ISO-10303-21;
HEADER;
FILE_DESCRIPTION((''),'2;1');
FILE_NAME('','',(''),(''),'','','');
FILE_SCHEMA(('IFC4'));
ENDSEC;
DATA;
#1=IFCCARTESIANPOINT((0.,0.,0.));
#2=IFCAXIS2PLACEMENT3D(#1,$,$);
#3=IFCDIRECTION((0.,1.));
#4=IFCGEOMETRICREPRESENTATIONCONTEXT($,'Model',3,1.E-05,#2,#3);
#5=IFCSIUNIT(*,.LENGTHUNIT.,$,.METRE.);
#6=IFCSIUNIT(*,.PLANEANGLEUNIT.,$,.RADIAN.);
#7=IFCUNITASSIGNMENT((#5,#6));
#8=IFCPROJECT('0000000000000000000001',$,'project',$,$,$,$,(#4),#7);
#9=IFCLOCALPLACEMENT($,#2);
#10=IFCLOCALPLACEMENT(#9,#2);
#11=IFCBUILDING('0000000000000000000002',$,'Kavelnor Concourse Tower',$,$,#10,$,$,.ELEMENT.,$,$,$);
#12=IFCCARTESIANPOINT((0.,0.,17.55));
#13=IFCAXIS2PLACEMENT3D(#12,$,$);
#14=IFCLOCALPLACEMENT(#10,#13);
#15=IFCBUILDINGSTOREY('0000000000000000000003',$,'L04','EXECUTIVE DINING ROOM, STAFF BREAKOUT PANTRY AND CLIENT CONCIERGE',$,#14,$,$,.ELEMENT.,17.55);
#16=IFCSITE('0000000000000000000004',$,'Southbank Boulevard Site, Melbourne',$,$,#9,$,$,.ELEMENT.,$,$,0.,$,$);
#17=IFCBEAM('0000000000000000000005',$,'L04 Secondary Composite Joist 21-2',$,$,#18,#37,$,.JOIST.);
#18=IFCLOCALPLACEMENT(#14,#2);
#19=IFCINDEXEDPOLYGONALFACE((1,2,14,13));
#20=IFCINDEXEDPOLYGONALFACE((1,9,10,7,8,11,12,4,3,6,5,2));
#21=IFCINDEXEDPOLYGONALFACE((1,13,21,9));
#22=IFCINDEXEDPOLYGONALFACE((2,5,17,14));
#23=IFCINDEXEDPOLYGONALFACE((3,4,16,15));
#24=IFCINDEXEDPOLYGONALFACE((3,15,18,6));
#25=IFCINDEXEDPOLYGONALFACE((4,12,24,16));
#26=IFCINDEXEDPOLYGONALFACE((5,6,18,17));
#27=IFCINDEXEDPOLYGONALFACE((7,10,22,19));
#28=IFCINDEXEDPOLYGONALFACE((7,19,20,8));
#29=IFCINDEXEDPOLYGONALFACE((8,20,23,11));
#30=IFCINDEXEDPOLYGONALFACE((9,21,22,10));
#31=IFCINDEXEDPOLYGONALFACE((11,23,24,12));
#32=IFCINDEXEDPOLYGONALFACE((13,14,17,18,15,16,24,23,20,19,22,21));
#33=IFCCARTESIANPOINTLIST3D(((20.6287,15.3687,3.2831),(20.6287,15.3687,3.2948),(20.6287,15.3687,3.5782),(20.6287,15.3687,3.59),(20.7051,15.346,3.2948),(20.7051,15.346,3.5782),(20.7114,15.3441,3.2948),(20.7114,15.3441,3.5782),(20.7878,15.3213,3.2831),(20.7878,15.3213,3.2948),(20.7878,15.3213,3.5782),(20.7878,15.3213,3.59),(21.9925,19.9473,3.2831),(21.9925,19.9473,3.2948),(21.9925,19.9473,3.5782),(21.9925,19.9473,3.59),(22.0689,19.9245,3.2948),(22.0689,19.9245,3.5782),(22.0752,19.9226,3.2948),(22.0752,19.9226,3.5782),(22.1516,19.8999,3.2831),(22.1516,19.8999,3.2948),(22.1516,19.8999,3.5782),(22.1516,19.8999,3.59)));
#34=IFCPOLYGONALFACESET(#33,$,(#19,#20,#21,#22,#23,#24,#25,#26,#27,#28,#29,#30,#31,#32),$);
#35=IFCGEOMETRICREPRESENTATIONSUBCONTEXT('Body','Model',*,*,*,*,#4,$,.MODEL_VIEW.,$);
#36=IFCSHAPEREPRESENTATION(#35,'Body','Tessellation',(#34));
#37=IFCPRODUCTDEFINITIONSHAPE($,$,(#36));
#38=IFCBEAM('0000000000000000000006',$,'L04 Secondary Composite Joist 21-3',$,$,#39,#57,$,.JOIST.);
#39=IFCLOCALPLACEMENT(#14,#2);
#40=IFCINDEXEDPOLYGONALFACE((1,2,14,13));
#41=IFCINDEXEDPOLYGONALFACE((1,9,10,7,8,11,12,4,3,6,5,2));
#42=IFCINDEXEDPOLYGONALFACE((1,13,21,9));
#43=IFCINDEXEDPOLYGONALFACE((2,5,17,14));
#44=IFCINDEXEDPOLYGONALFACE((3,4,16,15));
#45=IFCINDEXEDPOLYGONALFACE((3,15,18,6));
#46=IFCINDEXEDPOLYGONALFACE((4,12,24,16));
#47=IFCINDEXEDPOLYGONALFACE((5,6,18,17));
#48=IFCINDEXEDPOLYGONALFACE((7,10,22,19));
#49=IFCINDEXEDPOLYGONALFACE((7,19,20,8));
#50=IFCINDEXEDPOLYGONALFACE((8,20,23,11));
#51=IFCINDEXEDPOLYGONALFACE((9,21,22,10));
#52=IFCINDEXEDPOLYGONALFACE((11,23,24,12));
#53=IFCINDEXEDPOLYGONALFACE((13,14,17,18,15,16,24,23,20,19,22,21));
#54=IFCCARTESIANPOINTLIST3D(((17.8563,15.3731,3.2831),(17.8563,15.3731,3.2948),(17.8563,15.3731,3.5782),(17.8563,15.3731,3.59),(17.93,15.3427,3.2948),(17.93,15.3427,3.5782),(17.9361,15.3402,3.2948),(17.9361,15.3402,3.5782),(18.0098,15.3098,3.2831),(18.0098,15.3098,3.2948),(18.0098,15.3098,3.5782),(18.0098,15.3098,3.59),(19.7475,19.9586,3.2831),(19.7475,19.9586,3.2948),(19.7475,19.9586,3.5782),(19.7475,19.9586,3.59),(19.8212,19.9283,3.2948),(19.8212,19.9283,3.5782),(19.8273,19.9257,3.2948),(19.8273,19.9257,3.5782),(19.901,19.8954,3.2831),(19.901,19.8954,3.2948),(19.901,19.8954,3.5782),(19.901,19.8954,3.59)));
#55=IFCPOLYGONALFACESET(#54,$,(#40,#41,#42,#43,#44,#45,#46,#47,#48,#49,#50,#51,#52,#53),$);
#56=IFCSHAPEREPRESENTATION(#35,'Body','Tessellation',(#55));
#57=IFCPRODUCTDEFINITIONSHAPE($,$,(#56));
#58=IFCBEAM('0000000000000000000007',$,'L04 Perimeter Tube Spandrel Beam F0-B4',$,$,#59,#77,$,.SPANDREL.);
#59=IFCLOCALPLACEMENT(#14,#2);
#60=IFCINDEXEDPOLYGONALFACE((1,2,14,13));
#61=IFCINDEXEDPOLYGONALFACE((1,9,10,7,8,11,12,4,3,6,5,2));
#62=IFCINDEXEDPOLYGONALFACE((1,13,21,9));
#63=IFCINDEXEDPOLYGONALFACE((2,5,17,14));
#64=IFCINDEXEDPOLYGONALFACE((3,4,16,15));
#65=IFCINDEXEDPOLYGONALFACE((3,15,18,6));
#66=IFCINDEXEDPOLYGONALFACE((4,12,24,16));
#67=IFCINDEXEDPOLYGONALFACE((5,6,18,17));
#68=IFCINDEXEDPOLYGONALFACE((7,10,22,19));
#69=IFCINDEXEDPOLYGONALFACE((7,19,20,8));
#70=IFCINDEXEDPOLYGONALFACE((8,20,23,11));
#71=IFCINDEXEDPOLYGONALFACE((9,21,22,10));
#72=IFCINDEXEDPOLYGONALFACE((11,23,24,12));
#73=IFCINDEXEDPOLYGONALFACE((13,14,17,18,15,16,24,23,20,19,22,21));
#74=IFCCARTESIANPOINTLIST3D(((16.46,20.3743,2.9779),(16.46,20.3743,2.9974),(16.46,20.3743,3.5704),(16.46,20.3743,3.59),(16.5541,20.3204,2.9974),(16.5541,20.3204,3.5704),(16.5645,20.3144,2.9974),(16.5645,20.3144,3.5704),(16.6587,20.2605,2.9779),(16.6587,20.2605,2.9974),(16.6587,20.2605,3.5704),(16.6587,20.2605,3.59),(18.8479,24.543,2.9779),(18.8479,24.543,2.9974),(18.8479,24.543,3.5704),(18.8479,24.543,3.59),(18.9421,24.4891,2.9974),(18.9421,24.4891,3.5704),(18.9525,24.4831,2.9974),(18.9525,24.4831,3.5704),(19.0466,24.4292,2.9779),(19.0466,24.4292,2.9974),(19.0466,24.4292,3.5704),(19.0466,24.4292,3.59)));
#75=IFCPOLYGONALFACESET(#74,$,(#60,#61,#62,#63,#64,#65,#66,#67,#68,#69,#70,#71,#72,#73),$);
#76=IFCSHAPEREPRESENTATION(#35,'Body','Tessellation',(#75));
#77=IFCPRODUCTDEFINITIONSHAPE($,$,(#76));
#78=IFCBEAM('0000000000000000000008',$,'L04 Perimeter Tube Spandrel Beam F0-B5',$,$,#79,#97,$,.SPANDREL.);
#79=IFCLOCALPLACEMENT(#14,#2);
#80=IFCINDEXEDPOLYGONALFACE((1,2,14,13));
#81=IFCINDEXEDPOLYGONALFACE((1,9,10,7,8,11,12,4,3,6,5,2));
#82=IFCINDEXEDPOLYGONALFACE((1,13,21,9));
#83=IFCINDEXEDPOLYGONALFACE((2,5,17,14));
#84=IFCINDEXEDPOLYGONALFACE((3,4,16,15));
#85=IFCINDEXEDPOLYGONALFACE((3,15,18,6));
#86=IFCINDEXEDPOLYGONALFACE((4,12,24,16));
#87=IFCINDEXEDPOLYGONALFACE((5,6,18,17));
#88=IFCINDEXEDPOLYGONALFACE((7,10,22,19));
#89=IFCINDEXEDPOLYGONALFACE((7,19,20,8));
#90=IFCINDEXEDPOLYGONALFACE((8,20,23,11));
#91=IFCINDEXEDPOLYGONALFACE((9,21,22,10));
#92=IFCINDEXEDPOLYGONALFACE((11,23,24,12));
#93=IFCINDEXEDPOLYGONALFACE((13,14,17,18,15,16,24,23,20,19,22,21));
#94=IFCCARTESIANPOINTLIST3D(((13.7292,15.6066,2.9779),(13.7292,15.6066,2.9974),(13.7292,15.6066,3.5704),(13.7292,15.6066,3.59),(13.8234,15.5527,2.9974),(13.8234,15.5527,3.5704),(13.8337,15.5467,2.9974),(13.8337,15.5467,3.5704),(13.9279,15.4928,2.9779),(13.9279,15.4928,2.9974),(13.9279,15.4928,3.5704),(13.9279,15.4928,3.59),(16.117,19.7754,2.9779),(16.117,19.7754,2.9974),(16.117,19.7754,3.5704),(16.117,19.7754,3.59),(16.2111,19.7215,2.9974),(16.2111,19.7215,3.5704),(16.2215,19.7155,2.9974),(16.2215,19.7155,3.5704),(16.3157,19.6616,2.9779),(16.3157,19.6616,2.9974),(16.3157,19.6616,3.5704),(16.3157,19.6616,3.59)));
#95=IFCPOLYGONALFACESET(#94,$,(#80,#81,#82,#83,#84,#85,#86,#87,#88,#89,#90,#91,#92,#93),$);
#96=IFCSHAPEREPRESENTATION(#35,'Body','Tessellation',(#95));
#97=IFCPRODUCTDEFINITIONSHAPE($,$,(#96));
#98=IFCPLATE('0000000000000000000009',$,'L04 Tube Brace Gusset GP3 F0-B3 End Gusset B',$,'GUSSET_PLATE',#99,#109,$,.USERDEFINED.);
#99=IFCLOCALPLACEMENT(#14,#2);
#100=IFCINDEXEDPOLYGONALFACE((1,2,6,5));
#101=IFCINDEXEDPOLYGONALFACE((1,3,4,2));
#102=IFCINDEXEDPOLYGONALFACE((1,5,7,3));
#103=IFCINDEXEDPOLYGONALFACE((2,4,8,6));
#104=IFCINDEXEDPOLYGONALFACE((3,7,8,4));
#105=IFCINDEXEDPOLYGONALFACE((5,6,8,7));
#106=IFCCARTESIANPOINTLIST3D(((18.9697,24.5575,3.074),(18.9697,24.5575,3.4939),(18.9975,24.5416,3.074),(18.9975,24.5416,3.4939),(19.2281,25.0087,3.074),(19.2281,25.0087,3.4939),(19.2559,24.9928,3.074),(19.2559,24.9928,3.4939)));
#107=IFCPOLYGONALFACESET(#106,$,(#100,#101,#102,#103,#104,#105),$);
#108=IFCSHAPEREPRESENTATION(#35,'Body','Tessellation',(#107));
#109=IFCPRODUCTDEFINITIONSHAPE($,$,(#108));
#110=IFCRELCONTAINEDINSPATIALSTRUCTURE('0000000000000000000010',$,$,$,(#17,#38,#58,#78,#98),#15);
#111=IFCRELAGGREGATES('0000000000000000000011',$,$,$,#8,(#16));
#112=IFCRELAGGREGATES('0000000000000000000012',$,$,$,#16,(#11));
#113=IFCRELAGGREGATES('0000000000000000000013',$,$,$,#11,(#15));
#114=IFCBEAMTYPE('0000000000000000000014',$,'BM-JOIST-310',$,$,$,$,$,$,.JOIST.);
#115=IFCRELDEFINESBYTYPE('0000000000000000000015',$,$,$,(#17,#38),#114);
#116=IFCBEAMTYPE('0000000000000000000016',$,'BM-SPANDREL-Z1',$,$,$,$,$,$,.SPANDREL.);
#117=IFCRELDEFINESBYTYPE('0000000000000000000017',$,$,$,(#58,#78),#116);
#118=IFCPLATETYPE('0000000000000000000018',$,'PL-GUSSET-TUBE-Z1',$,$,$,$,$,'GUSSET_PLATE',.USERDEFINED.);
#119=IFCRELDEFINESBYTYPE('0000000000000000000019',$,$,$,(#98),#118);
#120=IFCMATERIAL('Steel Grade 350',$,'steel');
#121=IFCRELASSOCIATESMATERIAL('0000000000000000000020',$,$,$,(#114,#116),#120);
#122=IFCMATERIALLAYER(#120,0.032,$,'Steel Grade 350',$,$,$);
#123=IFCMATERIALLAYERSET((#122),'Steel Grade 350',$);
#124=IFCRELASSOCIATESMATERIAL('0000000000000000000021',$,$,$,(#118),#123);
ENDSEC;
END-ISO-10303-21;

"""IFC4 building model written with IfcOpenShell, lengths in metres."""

from ifc_helpers import new_model, si_unit, direction, frame, origin, origin_2d, place, context, subcontext, project, spatial, rectangle, i_section, extrude, material, layer, layer_set, material_profile, profile_set, type_object, element, save


model = new_model("IFC4")

# Units and contexts
model_context = context("Model", 3, precision=1e-05, world=origin(), true_north=direction((0.0, 1.0)))
body_context = subcontext(model_context, "Body", "Model", "MODEL_VIEW")
ifc_project = project(units=[si_unit("LENGTHUNIT", "METRE"), si_unit("PLANEANGLEUNIT", "RADIAN")], contexts=[model_context])

# Site, building, storey
site_placement = place(None, origin())
site = spatial("IfcSite", under=ifc_project, at=site_placement, Name="Southbank Boulevard Site, Melbourne", CompositionType="ELEMENT", RefElevation=0.0)
building_placement = place(site_placement, origin())
building = spatial("IfcBuilding", under=site, at=building_placement, Name="Kavelnor Concourse Tower", CompositionType="ELEMENT")
storey_placement = place(building_placement, frame((0.0, 0.0, 17.55)))
storey = spatial("IfcBuildingStorey", under=building, at=storey_placement, Name="L04", Description="EXECUTIVE DINING ROOM, STAFF BREAKOUT PANTRY AND CLIENT CONCIERGE", CompositionType="ELEMENT", Elevation=17.55)

# Shared definitions
ifc_material_1 = material(Name="Steel Grade 350", Category="steel")

# Beams
ifc_material_profile_1 = material_profile(ifc_material_1, i_section(OverallWidth=0.166, OverallDepth=0.3069, WebThickness=0.0066, FlangeThickness=0.0117, at=origin_2d()), Name="310UB46")
ifc_profile_set_1 = profile_set([ifc_material_profile_1], Name="Steel Grade 350")
beam_type_1 = type_object("IfcBeamType", Name="BM-JOIST-310", PredefinedType="JOIST", material=ifc_profile_set_1)
beam_1_placement = place(storey_placement, frame((22.072, 19.9236, 3.4365), z_axis=(-0.285463, -0.95839, 0.0), x_axis=(0.95839, -0.285463, 0.0)))
element("IfcBeam", 1, at=beam_1_placement, inside=storey, type_object=beam_type_1, Name="L04 Secondary Composite Joist 21-2", PredefinedType="JOIST", context=body_context, shape_type="SweptSolid", body=[
    extrude(i_section(OverallWidth=0.166, OverallDepth=0.3069, WebThickness=0.0066, FlangeThickness=0.0117, at=origin_2d()), origin(), (0.0, 0.0, 1.0), 4.7773),
])
beam_2_placement = place(storey_placement, frame((19.8242, 19.927, 3.4365), z_axis=(-0.381265, -0.924466, 0.0), x_axis=(0.924466, -0.381265, 0.0)))
element("IfcBeam", 2, at=beam_2_placement, inside=storey, type_object=beam_type_1, Name="L04 Secondary Composite Joist 21-3", PredefinedType="JOIST", context=body_context, shape_type="SweptSolid", body=[
    extrude(i_section(OverallWidth=0.166, OverallDepth=0.3069, WebThickness=0.0066, FlangeThickness=0.0117, at=origin_2d()), origin(), (0.0, 0.0, 1.0), 4.9602),
])
ifc_material_profile_2 = material_profile(ifc_material_1, i_section(OverallWidth=0.229, OverallDepth=0.6121, WebThickness=0.012, FlangeThickness=0.0195, at=origin_2d()), Name="610UB125")
ifc_profile_set_2 = profile_set([ifc_material_profile_2], Name="Steel Grade 350")
beam_type_2 = type_object("IfcBeamType", Name="BM-SPANDREL-Z1", PredefinedType="SPANDREL", material=ifc_profile_set_2)
for number, where, z_axis, x_axis, name in (
    (3, (18.9473, 24.4861, 3.2839), (-0.497053, -0.86772, 0.0), (0.86772, -0.497053, 0.0), "L04 Perimeter Tube Spandrel Beam F0-B4"),
    (4, (16.2163, 19.7185, 3.2839), (-0.497014, -0.867742, 0.0), (0.867742, -0.497014, 0.0), "L04 Perimeter Tube Spandrel Beam F0-B5"),
):
    element("IfcBeam", number, at=place(storey_placement, frame(where, z_axis=z_axis, x_axis=x_axis)), inside=storey, type_object=beam_type_2, Name=name, PredefinedType="SPANDREL", context=body_context, shape_type="SweptSolid", body=[
        extrude(i_section(OverallWidth=0.229, OverallDepth=0.6121, WebThickness=0.012, FlangeThickness=0.0195, at=origin_2d()), origin(), (0.0, 0.0, 1.0), 4.8042),
    ])

# Plate
ifc_layer_1 = layer(ifc_material_1, 0.032, Name="Steel Grade 350")
ifc_layer_set_1 = layer_set([ifc_layer_1], Name="Steel Grade 350")
plate_type = type_object("IfcPlateType", Name="PL-GUSSET-TUBE-Z1", ElementType="GUSSET_PLATE", PredefinedType="USERDEFINED", material=ifc_layer_set_1)
plate_placement = place(storey_placement, frame((19.1128, 24.7751, 3.074), z_axis=(0.0, 0.0, 1.0), x_axis=(-0.496974, -0.867765, 0.0)))
element("IfcPlate", 5, at=plate_placement, inside=storey, type_object=plate_type, Name="L04 Tube Brace Gusset GP3 F0-B3 End Gusset B", ObjectType="GUSSET_PLATE", PredefinedType="USERDEFINED", context=body_context, shape_type="SweptSolid", body=[
    extrude(rectangle(XDim=0.52, YDim=0.032, at=origin_2d()), origin(), (0.0, 0.0, 1.0), 0.4199),
])

save(model, "model.ifc")
